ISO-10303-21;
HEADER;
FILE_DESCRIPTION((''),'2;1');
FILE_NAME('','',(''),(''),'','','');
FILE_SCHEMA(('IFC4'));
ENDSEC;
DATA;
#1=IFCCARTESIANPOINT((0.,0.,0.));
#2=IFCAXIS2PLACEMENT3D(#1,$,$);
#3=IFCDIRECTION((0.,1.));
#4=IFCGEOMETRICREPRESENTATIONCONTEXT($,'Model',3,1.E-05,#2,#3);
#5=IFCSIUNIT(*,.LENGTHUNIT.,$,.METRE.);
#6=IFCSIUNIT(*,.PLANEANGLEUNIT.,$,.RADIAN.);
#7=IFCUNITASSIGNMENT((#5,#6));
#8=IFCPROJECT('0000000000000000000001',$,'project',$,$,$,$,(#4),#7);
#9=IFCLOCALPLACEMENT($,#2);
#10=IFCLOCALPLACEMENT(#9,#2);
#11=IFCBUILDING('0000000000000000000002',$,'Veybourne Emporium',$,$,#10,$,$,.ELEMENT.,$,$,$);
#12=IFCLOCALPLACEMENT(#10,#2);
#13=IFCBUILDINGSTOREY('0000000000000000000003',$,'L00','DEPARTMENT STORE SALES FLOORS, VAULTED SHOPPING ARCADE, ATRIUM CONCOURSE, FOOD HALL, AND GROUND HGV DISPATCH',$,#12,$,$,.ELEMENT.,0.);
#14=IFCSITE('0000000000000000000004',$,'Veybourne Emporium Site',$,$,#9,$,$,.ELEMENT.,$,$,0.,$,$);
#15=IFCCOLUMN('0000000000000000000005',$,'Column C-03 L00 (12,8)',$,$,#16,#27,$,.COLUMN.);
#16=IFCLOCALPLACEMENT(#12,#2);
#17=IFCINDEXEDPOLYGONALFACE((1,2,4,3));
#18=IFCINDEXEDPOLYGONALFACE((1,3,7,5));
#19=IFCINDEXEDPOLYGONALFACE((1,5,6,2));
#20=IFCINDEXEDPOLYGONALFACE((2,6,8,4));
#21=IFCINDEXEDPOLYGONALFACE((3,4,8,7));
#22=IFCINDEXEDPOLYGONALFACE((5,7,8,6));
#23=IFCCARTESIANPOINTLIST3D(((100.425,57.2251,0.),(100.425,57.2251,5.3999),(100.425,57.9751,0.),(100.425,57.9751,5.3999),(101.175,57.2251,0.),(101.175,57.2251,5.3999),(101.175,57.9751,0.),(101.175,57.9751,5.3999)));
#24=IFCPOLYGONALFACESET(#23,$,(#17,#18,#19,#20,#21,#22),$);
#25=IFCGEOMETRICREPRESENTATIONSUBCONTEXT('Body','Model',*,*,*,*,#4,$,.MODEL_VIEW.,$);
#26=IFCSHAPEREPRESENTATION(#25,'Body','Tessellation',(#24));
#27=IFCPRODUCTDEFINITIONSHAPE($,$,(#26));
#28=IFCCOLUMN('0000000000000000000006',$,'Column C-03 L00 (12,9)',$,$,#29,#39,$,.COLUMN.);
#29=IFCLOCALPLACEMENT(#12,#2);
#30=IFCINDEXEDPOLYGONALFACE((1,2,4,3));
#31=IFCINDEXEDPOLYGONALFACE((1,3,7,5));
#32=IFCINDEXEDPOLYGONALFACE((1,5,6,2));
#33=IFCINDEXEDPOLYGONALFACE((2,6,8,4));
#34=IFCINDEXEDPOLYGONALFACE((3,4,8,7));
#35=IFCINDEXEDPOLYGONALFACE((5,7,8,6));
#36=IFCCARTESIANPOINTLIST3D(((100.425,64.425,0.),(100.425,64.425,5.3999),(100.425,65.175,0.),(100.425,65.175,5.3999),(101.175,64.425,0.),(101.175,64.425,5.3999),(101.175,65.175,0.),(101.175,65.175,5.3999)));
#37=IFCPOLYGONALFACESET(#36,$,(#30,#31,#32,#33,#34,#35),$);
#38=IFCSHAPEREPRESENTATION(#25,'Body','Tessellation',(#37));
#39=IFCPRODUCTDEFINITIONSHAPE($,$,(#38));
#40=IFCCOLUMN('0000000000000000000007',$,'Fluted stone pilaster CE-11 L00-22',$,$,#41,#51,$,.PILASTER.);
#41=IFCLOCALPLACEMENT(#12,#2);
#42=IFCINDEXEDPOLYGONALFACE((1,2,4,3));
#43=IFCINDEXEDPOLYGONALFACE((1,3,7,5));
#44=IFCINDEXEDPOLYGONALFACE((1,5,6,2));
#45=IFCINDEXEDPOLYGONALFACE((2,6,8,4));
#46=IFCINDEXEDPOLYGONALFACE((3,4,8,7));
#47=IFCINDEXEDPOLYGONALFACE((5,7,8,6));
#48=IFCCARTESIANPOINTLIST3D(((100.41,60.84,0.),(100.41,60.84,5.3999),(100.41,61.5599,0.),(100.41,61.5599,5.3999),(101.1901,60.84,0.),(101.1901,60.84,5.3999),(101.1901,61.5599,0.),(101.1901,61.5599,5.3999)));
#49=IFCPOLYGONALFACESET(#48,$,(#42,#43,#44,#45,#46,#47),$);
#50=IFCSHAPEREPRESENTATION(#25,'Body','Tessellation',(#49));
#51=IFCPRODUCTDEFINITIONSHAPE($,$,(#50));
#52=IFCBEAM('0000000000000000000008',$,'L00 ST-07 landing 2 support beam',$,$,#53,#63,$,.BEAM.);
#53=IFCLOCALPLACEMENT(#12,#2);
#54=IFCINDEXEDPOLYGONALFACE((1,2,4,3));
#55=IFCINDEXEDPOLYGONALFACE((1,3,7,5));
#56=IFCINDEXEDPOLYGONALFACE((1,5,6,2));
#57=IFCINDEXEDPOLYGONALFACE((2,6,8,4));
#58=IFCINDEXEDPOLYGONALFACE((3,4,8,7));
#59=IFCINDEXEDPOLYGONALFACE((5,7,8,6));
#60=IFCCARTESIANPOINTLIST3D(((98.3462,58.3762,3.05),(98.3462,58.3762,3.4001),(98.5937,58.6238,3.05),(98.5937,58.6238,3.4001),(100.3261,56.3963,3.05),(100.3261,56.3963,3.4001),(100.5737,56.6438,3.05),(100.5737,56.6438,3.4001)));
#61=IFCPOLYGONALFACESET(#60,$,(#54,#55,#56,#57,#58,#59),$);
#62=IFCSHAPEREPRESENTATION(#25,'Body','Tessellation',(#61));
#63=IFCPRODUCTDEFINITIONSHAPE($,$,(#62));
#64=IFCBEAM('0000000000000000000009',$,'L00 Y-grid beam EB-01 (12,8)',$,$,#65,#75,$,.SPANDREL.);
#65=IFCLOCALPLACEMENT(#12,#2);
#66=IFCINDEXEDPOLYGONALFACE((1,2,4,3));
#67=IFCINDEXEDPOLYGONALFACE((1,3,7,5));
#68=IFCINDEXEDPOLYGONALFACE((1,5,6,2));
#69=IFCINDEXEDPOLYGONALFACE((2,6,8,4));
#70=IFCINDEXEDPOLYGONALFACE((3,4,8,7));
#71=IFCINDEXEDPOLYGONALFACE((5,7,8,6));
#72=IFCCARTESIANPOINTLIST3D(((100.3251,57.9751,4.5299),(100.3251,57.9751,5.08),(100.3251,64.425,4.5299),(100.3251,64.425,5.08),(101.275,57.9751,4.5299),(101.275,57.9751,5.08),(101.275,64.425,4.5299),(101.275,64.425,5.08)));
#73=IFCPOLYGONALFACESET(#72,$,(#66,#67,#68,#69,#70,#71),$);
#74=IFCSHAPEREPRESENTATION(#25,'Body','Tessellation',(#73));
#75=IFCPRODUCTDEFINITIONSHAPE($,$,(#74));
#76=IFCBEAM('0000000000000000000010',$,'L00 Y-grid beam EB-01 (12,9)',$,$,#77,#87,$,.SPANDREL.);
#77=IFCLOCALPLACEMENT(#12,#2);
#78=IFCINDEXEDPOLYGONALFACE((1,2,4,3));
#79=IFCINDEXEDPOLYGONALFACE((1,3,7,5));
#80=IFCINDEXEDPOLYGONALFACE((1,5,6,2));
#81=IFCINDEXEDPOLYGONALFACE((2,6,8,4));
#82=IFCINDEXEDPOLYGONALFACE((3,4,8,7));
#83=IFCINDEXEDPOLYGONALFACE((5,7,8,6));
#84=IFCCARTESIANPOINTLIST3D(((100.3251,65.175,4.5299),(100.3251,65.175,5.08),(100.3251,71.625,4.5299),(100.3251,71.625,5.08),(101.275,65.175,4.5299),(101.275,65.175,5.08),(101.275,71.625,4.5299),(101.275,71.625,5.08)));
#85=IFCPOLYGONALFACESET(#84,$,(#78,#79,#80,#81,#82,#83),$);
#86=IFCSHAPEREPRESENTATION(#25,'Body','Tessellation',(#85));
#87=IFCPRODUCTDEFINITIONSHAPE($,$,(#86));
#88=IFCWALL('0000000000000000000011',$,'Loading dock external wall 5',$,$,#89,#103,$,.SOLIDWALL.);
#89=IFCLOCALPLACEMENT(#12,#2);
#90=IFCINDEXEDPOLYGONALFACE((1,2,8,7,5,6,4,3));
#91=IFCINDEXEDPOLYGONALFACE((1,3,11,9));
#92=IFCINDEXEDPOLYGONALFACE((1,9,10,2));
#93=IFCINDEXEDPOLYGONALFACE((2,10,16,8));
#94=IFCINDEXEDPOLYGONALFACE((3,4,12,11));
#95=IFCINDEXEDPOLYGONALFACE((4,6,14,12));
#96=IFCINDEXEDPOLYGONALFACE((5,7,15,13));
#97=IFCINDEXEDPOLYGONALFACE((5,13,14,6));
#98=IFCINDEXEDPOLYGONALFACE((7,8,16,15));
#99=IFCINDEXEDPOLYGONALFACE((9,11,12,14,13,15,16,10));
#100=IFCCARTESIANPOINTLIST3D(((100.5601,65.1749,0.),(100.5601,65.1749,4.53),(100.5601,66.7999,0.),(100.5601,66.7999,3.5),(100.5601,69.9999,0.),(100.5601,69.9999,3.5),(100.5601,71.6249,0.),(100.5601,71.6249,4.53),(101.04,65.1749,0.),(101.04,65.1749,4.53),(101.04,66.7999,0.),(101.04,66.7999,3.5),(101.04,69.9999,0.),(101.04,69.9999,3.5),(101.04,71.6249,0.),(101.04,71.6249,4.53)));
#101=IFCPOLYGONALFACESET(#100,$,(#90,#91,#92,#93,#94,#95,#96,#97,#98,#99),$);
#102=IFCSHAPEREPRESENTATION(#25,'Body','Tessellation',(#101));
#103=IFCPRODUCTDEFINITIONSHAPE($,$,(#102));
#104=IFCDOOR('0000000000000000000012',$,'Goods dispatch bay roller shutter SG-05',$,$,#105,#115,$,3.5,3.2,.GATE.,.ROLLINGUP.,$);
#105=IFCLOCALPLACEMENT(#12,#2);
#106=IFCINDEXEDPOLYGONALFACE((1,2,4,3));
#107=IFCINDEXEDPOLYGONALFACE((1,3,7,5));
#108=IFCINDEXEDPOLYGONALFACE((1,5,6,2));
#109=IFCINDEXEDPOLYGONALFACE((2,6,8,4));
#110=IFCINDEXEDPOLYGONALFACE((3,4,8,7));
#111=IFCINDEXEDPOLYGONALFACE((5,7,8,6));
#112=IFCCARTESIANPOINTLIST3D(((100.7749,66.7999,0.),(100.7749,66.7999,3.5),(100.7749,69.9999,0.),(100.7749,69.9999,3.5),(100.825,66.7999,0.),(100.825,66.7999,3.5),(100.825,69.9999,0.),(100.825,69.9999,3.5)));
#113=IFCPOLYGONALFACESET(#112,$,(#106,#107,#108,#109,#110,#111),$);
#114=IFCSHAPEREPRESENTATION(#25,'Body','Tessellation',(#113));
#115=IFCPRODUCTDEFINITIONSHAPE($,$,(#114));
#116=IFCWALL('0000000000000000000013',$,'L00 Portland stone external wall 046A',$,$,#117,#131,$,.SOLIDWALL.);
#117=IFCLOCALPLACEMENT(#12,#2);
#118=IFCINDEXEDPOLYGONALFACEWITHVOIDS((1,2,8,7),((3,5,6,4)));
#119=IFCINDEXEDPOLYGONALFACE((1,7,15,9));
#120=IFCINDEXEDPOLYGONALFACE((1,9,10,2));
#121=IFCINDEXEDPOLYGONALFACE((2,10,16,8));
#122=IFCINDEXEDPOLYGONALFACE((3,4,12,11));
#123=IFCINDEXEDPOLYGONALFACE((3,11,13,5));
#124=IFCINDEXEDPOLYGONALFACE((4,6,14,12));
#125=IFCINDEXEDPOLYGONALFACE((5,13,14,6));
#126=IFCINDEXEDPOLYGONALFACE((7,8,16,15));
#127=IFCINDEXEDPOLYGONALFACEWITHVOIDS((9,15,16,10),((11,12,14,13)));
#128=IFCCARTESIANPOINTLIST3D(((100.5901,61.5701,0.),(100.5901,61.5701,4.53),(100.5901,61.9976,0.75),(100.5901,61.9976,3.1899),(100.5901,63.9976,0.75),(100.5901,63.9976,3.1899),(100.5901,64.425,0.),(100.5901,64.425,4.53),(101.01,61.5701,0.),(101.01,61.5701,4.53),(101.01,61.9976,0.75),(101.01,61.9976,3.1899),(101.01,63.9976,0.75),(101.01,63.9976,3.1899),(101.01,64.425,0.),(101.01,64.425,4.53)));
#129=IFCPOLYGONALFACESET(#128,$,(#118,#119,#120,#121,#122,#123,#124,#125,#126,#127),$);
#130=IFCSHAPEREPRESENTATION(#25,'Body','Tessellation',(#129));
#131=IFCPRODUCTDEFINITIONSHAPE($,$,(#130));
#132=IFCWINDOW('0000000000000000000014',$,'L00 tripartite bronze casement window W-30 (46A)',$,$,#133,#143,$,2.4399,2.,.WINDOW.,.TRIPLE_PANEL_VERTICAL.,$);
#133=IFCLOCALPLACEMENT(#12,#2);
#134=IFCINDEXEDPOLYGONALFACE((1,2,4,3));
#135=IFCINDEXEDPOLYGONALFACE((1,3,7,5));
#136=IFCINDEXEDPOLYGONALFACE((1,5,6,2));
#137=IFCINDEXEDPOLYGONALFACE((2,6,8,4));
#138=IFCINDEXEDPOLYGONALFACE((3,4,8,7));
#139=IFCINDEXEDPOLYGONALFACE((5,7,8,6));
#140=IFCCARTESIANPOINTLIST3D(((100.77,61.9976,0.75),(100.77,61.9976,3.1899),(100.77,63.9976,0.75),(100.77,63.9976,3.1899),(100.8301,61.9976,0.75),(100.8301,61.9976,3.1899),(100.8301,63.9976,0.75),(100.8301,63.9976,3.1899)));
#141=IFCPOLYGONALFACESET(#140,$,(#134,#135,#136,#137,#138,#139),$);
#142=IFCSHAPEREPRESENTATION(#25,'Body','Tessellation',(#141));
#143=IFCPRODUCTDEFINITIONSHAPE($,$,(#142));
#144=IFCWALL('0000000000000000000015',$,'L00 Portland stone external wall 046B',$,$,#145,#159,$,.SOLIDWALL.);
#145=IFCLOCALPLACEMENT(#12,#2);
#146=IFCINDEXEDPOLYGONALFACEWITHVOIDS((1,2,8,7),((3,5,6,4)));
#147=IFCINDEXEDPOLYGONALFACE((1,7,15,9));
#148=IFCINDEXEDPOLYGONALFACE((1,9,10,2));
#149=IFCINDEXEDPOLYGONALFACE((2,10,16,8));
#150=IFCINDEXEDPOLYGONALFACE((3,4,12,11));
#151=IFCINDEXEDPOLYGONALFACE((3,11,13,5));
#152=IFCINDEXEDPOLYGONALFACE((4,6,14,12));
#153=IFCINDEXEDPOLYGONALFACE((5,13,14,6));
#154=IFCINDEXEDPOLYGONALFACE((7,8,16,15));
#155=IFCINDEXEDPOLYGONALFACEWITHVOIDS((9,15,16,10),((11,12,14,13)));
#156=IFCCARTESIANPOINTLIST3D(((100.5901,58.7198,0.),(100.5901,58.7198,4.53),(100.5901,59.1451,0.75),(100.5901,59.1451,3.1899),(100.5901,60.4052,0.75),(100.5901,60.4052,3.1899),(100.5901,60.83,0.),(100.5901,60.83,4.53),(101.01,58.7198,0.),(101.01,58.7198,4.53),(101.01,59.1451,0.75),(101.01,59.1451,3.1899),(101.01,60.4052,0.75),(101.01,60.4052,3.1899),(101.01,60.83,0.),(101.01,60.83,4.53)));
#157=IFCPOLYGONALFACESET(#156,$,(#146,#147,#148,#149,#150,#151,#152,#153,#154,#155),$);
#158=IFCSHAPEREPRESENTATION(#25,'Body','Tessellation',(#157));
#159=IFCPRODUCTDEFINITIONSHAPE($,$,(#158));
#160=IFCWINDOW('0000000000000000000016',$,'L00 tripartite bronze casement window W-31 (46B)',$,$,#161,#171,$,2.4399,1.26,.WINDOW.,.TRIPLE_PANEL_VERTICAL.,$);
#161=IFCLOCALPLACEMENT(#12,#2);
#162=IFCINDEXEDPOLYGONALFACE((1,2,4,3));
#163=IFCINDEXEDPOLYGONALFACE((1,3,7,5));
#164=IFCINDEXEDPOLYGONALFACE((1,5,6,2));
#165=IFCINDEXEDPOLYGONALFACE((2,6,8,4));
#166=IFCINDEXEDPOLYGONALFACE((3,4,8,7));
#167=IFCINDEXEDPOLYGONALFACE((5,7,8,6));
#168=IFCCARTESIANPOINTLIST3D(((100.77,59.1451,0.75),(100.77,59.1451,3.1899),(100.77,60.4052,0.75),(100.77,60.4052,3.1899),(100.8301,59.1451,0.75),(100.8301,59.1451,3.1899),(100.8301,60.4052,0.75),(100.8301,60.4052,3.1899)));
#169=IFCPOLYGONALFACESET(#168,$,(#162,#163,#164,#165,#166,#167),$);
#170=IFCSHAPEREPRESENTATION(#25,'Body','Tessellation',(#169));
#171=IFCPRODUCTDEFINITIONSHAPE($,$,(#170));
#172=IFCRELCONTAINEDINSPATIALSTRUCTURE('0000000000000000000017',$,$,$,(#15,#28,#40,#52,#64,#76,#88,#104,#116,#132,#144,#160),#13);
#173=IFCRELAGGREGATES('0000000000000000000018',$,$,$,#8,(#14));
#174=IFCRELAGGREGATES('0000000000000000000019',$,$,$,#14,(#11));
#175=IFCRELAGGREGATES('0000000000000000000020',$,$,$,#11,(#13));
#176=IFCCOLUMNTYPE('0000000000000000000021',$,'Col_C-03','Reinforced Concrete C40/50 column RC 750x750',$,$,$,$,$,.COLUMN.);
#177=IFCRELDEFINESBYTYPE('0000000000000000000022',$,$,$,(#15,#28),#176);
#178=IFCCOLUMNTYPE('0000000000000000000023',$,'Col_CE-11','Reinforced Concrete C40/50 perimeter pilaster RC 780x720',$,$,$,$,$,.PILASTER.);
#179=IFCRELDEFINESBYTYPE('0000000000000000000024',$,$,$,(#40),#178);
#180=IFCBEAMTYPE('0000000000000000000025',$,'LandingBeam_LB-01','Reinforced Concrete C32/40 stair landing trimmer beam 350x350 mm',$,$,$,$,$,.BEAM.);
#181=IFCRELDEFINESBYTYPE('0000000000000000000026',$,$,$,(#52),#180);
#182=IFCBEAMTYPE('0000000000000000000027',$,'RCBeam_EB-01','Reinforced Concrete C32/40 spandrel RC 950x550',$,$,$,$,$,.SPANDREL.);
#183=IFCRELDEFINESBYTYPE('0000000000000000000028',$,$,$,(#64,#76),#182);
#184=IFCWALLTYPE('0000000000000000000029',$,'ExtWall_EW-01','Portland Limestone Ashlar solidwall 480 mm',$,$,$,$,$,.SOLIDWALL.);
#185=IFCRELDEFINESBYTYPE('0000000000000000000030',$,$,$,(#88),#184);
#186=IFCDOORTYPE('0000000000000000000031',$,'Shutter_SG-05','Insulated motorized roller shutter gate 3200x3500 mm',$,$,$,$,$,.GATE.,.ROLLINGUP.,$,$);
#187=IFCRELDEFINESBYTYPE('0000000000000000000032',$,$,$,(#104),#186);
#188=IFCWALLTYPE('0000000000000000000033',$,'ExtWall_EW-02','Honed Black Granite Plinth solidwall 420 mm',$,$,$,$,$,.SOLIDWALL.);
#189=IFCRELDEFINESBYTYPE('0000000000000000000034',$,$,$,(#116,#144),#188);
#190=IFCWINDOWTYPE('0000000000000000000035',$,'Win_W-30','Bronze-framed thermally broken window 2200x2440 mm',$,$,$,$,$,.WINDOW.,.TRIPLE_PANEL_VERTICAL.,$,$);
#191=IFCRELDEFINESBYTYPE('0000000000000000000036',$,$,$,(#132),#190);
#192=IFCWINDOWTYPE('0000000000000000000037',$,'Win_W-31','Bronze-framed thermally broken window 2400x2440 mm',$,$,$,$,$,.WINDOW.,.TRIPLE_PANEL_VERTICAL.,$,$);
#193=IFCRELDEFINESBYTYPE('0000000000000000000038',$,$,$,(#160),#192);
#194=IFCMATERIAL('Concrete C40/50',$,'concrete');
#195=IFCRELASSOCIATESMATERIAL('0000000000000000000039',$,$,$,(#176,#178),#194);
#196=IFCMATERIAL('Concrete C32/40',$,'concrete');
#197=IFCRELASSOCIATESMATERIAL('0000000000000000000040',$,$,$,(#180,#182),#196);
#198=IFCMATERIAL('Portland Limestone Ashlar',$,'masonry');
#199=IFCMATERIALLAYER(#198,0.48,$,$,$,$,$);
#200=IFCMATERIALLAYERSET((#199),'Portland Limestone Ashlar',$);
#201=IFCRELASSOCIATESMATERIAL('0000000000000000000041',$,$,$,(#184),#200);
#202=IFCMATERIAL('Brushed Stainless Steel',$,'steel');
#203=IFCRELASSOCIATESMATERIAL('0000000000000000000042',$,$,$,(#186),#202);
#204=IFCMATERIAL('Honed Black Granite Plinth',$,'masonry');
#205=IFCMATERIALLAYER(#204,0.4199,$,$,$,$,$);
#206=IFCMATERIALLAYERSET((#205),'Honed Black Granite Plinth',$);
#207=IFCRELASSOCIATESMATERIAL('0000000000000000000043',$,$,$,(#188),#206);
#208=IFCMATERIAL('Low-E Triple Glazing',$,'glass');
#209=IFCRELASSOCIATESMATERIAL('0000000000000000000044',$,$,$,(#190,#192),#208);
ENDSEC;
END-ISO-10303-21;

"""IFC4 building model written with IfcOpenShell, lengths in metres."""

from ifc_helpers import new_model, si_unit, direction, frame, frame_2d, origin, origin_2d, place, context, subcontext, project, spatial, rectangle, extrude, material, layer, layer_set, material_profile, profile_set, type_object, element, fill, save


model = new_model("IFC4")

# Units and contexts
model_context = context("Model", 3, precision=1e-05, world=origin(), true_north=direction((0.0, 1.0)))
body_context = subcontext(model_context, "Body", "Model", "MODEL_VIEW")
ifc_project = project(units=[si_unit("LENGTHUNIT", "METRE"), si_unit("PLANEANGLEUNIT", "RADIAN")], contexts=[model_context])

# Site, building, storey
site_placement = place(None, origin())
site = spatial("IfcSite", under=ifc_project, at=site_placement, Name="Veybourne Emporium Site", CompositionType="ELEMENT", RefElevation=0.0)
building_placement = place(site_placement, origin())
building = spatial("IfcBuilding", under=site, at=building_placement, Name="Veybourne Emporium", CompositionType="ELEMENT")
storey_placement = place(building_placement, origin())
storey = spatial("IfcBuildingStorey", under=building, at=storey_placement, Name="L00", Description="DEPARTMENT STORE SALES FLOORS, VAULTED SHOPPING ARCADE, ATRIUM CONCOURSE, FOOD HALL, AND GROUND HGV DISPATCH", CompositionType="ELEMENT", Elevation=0.0)

# Columns
ifc_material_1 = material(Name="Concrete C40/50", Category="concrete")
ifc_material_profile_1 = material_profile(ifc_material_1, rectangle(XDim=0.75, YDim=0.75, at=origin_2d()), Name="RC 750x750")
ifc_profile_set_1 = profile_set([ifc_material_profile_1], Name="Concrete C40/50")
column_type_1 = type_object("IfcColumnType", Name="Col_C-03", Description="Reinforced Concrete C40/50 column RC 750x750", PredefinedType="COLUMN", material=ifc_profile_set_1)
for number, where, z_axis, x_axis, name in (
    (1, (100.8, 57.6001, 0.0), (0.0, 0.0, 1.0), (1.0, 0.0, 0.0), "Column C-03 L00 (12,8)"),
    (2, (100.8, 64.8, 0.0), (0.0, 0.0, 1.0), (1.0, 0.0, 0.0), "Column C-03 L00 (12,9)"),
):
    element("IfcColumn", number, at=place(storey_placement, frame(where, z_axis=z_axis, x_axis=x_axis)), inside=storey, type_object=column_type_1, Name=name, PredefinedType="COLUMN", context=body_context, shape_type="SweptSolid", body=[
        extrude(rectangle(XDim=0.75, YDim=0.75, at=origin_2d()), origin(), (0.0, 0.0, 1.0), 5.3999),
    ])
ifc_material_profile_2 = material_profile(ifc_material_1, rectangle(XDim=0.78, YDim=0.72, at=origin_2d()), Name="RC 780x720")
ifc_profile_set_2 = profile_set([ifc_material_profile_2], Name="Concrete C40/50")
column_type_2 = type_object("IfcColumnType", Name="Col_CE-11", Description="Reinforced Concrete C40/50 perimeter pilaster RC 780x720", PredefinedType="PILASTER", material=ifc_profile_set_2)
column_placement = place(storey_placement, frame((100.8, 61.2, 0.0), z_axis=(0.0, 0.0, 1.0), x_axis=(1.0, 0.0, 0.0)))
element("IfcColumn", 3, at=column_placement, inside=storey, type_object=column_type_2, Name="Fluted stone pilaster CE-11 L00-22", PredefinedType="PILASTER", context=body_context, shape_type="SweptSolid", body=[
    extrude(rectangle(XDim=0.78, YDim=0.72, at=origin_2d()), origin(), (0.0, 0.0, 1.0), 5.3999),
])

# Beams
ifc_material_2 = material(Name="Concrete C32/40", Category="concrete")
ifc_material_profile_3 = material_profile(ifc_material_2, rectangle(XDim=0.3501, YDim=0.3501, at=origin_2d()), Name="RC 350x350")
ifc_profile_set_3 = profile_set([ifc_material_profile_3], Name="Concrete C32/40")
beam_type_1 = type_object("IfcBeamType", Name="LandingBeam_LB-01", Description="Reinforced Concrete C32/40 stair landing trimmer beam 350x350 mm", PredefinedType="BEAM", material=ifc_profile_set_3)
beam_placement = place(storey_placement, frame((98.47, 58.5, 3.2251), z_axis=(0.707107, -0.707107, 0.0), x_axis=(0.707107, 0.707107, 0.0)))
element("IfcBeam", 4, at=beam_placement, inside=storey, type_object=beam_type_1, Name="L00 ST-07 landing 2 support beam", PredefinedType="BEAM", context=body_context, shape_type="SweptSolid", body=[
    extrude(rectangle(XDim=0.3501, YDim=0.3501, at=origin_2d()), origin(), (0.0, 0.0, 1.0), 2.8),
])
ifc_material_profile_4 = material_profile(ifc_material_2, rectangle(XDim=0.95, YDim=0.55, at=origin_2d()), Name="RC 950x550")
ifc_profile_set_4 = profile_set([ifc_material_profile_4], Name="Concrete C32/40")
beam_type_2 = type_object("IfcBeamType", Name="RCBeam_EB-01", Description="Reinforced Concrete C32/40 spandrel RC 950x550", PredefinedType="SPANDREL", material=ifc_profile_set_4)
for number, where, z_axis, x_axis, name in (
    (5, (100.8, 57.9751, 4.8049), (0.0, 1.0, 0.0), (-1.0, 0.0, 0.0), "L00 Y-grid beam EB-01 (12,8)"),
    (6, (100.8, 65.175, 4.8049), (0.0, 1.0, 0.0), (-1.0, 0.0, 0.0), "L00 Y-grid beam EB-01 (12,9)"),
):
    element("IfcBeam", number, at=place(storey_placement, frame(where, z_axis=z_axis, x_axis=x_axis)), inside=storey, type_object=beam_type_2, Name=name, PredefinedType="SPANDREL", context=body_context, shape_type="SweptSolid", body=[
        extrude(rectangle(XDim=0.95, YDim=0.55, at=origin_2d()), origin(), (0.0, 0.0, 1.0), 6.45),
    ])

# Wall, opening, door
ifc_material_3 = material(Name="Portland Limestone Ashlar", Category="masonry")
ifc_layer_1 = layer(ifc_material_3, 0.48)
ifc_layer_set_1 = layer_set([ifc_layer_1], Name="Portland Limestone Ashlar")
wall_type_1 = type_object("IfcWallType", Name="ExtWall_EW-01", Description="Portland Limestone Ashlar solidwall 480 mm", PredefinedType="SOLIDWALL", material=ifc_layer_set_1)
wall_1_placement = place(storey_placement, frame((100.8, 71.625, 0.0), z_axis=(0.0, 0.0, 1.0), x_axis=(0.0, -1.0, 0.0)))
wall_1 = element("IfcWall", 7, at=wall_1_placement, inside=storey, type_object=wall_type_1, Name="Loading dock external wall 5", PredefinedType="SOLIDWALL", context=body_context, shape_type="SweptSolid", body=[
    extrude(rectangle(XDim=6.45, YDim=0.48, at=frame_2d((3.2251, 0.0))), origin(), (0.0, 0.0, 1.0), 4.53),
])
opening_1_placement = place(wall_1_placement, frame((1.625, 0.0, 0.0)))
opening_1 = element("IfcOpeningElement", 8, at=opening_1_placement, cuts=wall_1, PredefinedType="OPENING", context=body_context, shape_type="SweptSolid", body=[
    extrude(rectangle(XDim=3.2, YDim=3.5, at=frame_2d((1.6001, 1.75))), frame((0.0, 0.26, 0.0), z_axis=(0.0, -1.0, 0.0), x_axis=(1.0, 0.0, 0.0)), (0.0, 0.0, 1.0), 0.52),
])
ifc_material_4 = material(Name="Brushed Stainless Steel", Category="steel")
door_type_1 = type_object("IfcDoorType", Name="Shutter_SG-05", Description="Insulated motorized roller shutter gate 3200x3500 mm", OperationType="ROLLINGUP", PredefinedType="GATE", material=ifc_material_4)
door_1_placement = place(opening_1_placement, origin())
door_1 = element("IfcDoor", 9, at=door_1_placement, inside=storey, type_object=door_type_1, Name="Goods dispatch bay roller shutter SG-05", OperationType="ROLLINGUP", OverallHeight=3.5, OverallWidth=3.2, PredefinedType="GATE", context=body_context, shape_type="SweptSolid", body=[
    extrude(rectangle(XDim=3.2, YDim=3.5, at=frame_2d((1.6001, 1.75))), frame((0.0, 0.0249, 0.0), z_axis=(0.0, -1.0, 0.0), x_axis=(1.0, 0.0, 0.0)), (0.0, 0.0, 1.0), 0.05),
])
fill(opening_1, door_1)

# Walls, openings, windows
ifc_material_5 = material(Name="Honed Black Granite Plinth", Category="masonry")
ifc_layer_2 = layer(ifc_material_5, 0.4199)
ifc_layer_set_2 = layer_set([ifc_layer_2], Name="Honed Black Granite Plinth")
wall_type_2 = type_object("IfcWallType", Name="ExtWall_EW-02", Description="Honed Black Granite Plinth solidwall 420 mm", PredefinedType="SOLIDWALL", material=ifc_layer_set_2)
wall_2_placement = place(storey_placement, frame((100.8, 64.425, 0.0), z_axis=(0.0, 0.0, 1.0), x_axis=(0.0, -1.0, 0.0)))
wall_2 = element("IfcWall", 10, at=wall_2_placement, inside=storey, type_object=wall_type_2, Name="L00 Portland stone external wall 046A", PredefinedType="SOLIDWALL", context=body_context, shape_type="SweptSolid", body=[
    extrude(rectangle(XDim=2.855, YDim=0.4199, at=frame_2d((1.4275, 0.0))), origin(), (0.0, 0.0, 1.0), 4.53),
])
opening_2_placement = place(wall_2_placement, frame((0.4275, 0.0, 0.75)))
opening_2 = element("IfcOpeningElement", 11, at=opening_2_placement, cuts=wall_2, PredefinedType="OPENING", context=body_context, shape_type="SweptSolid", body=[
    extrude(rectangle(XDim=2.0, YDim=2.4399, at=frame_2d((1.0, 1.22))), frame((0.0, 0.23, 0.0), z_axis=(0.0, -1.0, 0.0), x_axis=(1.0, 0.0, 0.0)), (0.0, 0.0, 1.0), 0.46),
])
ifc_material_6 = material(Name="Low-E Triple Glazing", Category="glass")
window_type_1 = type_object("IfcWindowType", Name="Win_W-30", Description="Bronze-framed thermally broken window 2200x2440 mm", PartitioningType="TRIPLE_PANEL_VERTICAL", PredefinedType="WINDOW", material=ifc_material_6)
window_1_placement = place(opening_2_placement, origin())
window_1 = element("IfcWindow", 12, at=window_1_placement, inside=storey, type_object=window_type_1, Name="L00 tripartite bronze casement window W-30 (46A)", OverallHeight=2.4399, OverallWidth=2.0, PartitioningType="TRIPLE_PANEL_VERTICAL", PredefinedType="WINDOW", context=body_context, shape_type="SweptSolid", body=[
    extrude(rectangle(XDim=2.0, YDim=2.4399, at=frame_2d((1.0, 1.22))), frame((0.0, 0.03, 0.0), z_axis=(0.0, -1.0, 0.0), x_axis=(1.0, 0.0, 0.0)), (0.0, 0.0, 1.0), 0.0601),
])
fill(opening_2, window_1)
wall_3_placement = place(storey_placement, frame((100.8, 60.8301, 0.0), z_axis=(0.0, 0.0, 1.0), x_axis=(0.0, -1.0, 0.0)))
wall_3 = element("IfcWall", 13, at=wall_3_placement, inside=storey, type_object=wall_type_2, Name="L00 Portland stone external wall 046B", PredefinedType="SOLIDWALL", context=body_context, shape_type="SweptSolid", body=[
    extrude(rectangle(XDim=2.1101, YDim=0.4199, at=frame_2d((1.0552, 0.0))), origin(), (0.0, 0.0, 1.0), 4.53),
])
opening_3_placement = place(wall_3_placement, frame((0.425, 0.0, 0.75)))
opening_3 = element("IfcOpeningElement", 14, at=opening_3_placement, cuts=wall_3, PredefinedType="OPENING", context=body_context, shape_type="SweptSolid", body=[
    extrude(rectangle(XDim=1.26, YDim=2.4399, at=frame_2d((0.6299, 1.22))), frame((0.0, 0.23, 0.0), z_axis=(0.0, -1.0, 0.0), x_axis=(1.0, 0.0, 0.0)), (0.0, 0.0, 1.0), 0.46),
])
window_type_2 = type_object("IfcWindowType", Name="Win_W-31", Description="Bronze-framed thermally broken window 2400x2440 mm", PartitioningType="TRIPLE_PANEL_VERTICAL", PredefinedType="WINDOW", material=ifc_material_6)
window_2_placement = place(opening_3_placement, origin())
window_2 = element("IfcWindow", 15, at=window_2_placement, inside=storey, type_object=window_type_2, Name="L00 tripartite bronze casement window W-31 (46B)", OverallHeight=2.4399, OverallWidth=1.26, PartitioningType="TRIPLE_PANEL_VERTICAL", PredefinedType="WINDOW", context=body_context, shape_type="SweptSolid", body=[
    extrude(rectangle(XDim=1.26, YDim=2.4399, at=frame_2d((0.6299, 1.22))), frame((0.0, 0.03, 0.0), z_axis=(0.0, -1.0, 0.0), x_axis=(1.0, 0.0, 0.0)), (0.0, 0.0, 1.0), 0.0601),
])
fill(opening_3, window_2)

save(model, "model.ifc")
